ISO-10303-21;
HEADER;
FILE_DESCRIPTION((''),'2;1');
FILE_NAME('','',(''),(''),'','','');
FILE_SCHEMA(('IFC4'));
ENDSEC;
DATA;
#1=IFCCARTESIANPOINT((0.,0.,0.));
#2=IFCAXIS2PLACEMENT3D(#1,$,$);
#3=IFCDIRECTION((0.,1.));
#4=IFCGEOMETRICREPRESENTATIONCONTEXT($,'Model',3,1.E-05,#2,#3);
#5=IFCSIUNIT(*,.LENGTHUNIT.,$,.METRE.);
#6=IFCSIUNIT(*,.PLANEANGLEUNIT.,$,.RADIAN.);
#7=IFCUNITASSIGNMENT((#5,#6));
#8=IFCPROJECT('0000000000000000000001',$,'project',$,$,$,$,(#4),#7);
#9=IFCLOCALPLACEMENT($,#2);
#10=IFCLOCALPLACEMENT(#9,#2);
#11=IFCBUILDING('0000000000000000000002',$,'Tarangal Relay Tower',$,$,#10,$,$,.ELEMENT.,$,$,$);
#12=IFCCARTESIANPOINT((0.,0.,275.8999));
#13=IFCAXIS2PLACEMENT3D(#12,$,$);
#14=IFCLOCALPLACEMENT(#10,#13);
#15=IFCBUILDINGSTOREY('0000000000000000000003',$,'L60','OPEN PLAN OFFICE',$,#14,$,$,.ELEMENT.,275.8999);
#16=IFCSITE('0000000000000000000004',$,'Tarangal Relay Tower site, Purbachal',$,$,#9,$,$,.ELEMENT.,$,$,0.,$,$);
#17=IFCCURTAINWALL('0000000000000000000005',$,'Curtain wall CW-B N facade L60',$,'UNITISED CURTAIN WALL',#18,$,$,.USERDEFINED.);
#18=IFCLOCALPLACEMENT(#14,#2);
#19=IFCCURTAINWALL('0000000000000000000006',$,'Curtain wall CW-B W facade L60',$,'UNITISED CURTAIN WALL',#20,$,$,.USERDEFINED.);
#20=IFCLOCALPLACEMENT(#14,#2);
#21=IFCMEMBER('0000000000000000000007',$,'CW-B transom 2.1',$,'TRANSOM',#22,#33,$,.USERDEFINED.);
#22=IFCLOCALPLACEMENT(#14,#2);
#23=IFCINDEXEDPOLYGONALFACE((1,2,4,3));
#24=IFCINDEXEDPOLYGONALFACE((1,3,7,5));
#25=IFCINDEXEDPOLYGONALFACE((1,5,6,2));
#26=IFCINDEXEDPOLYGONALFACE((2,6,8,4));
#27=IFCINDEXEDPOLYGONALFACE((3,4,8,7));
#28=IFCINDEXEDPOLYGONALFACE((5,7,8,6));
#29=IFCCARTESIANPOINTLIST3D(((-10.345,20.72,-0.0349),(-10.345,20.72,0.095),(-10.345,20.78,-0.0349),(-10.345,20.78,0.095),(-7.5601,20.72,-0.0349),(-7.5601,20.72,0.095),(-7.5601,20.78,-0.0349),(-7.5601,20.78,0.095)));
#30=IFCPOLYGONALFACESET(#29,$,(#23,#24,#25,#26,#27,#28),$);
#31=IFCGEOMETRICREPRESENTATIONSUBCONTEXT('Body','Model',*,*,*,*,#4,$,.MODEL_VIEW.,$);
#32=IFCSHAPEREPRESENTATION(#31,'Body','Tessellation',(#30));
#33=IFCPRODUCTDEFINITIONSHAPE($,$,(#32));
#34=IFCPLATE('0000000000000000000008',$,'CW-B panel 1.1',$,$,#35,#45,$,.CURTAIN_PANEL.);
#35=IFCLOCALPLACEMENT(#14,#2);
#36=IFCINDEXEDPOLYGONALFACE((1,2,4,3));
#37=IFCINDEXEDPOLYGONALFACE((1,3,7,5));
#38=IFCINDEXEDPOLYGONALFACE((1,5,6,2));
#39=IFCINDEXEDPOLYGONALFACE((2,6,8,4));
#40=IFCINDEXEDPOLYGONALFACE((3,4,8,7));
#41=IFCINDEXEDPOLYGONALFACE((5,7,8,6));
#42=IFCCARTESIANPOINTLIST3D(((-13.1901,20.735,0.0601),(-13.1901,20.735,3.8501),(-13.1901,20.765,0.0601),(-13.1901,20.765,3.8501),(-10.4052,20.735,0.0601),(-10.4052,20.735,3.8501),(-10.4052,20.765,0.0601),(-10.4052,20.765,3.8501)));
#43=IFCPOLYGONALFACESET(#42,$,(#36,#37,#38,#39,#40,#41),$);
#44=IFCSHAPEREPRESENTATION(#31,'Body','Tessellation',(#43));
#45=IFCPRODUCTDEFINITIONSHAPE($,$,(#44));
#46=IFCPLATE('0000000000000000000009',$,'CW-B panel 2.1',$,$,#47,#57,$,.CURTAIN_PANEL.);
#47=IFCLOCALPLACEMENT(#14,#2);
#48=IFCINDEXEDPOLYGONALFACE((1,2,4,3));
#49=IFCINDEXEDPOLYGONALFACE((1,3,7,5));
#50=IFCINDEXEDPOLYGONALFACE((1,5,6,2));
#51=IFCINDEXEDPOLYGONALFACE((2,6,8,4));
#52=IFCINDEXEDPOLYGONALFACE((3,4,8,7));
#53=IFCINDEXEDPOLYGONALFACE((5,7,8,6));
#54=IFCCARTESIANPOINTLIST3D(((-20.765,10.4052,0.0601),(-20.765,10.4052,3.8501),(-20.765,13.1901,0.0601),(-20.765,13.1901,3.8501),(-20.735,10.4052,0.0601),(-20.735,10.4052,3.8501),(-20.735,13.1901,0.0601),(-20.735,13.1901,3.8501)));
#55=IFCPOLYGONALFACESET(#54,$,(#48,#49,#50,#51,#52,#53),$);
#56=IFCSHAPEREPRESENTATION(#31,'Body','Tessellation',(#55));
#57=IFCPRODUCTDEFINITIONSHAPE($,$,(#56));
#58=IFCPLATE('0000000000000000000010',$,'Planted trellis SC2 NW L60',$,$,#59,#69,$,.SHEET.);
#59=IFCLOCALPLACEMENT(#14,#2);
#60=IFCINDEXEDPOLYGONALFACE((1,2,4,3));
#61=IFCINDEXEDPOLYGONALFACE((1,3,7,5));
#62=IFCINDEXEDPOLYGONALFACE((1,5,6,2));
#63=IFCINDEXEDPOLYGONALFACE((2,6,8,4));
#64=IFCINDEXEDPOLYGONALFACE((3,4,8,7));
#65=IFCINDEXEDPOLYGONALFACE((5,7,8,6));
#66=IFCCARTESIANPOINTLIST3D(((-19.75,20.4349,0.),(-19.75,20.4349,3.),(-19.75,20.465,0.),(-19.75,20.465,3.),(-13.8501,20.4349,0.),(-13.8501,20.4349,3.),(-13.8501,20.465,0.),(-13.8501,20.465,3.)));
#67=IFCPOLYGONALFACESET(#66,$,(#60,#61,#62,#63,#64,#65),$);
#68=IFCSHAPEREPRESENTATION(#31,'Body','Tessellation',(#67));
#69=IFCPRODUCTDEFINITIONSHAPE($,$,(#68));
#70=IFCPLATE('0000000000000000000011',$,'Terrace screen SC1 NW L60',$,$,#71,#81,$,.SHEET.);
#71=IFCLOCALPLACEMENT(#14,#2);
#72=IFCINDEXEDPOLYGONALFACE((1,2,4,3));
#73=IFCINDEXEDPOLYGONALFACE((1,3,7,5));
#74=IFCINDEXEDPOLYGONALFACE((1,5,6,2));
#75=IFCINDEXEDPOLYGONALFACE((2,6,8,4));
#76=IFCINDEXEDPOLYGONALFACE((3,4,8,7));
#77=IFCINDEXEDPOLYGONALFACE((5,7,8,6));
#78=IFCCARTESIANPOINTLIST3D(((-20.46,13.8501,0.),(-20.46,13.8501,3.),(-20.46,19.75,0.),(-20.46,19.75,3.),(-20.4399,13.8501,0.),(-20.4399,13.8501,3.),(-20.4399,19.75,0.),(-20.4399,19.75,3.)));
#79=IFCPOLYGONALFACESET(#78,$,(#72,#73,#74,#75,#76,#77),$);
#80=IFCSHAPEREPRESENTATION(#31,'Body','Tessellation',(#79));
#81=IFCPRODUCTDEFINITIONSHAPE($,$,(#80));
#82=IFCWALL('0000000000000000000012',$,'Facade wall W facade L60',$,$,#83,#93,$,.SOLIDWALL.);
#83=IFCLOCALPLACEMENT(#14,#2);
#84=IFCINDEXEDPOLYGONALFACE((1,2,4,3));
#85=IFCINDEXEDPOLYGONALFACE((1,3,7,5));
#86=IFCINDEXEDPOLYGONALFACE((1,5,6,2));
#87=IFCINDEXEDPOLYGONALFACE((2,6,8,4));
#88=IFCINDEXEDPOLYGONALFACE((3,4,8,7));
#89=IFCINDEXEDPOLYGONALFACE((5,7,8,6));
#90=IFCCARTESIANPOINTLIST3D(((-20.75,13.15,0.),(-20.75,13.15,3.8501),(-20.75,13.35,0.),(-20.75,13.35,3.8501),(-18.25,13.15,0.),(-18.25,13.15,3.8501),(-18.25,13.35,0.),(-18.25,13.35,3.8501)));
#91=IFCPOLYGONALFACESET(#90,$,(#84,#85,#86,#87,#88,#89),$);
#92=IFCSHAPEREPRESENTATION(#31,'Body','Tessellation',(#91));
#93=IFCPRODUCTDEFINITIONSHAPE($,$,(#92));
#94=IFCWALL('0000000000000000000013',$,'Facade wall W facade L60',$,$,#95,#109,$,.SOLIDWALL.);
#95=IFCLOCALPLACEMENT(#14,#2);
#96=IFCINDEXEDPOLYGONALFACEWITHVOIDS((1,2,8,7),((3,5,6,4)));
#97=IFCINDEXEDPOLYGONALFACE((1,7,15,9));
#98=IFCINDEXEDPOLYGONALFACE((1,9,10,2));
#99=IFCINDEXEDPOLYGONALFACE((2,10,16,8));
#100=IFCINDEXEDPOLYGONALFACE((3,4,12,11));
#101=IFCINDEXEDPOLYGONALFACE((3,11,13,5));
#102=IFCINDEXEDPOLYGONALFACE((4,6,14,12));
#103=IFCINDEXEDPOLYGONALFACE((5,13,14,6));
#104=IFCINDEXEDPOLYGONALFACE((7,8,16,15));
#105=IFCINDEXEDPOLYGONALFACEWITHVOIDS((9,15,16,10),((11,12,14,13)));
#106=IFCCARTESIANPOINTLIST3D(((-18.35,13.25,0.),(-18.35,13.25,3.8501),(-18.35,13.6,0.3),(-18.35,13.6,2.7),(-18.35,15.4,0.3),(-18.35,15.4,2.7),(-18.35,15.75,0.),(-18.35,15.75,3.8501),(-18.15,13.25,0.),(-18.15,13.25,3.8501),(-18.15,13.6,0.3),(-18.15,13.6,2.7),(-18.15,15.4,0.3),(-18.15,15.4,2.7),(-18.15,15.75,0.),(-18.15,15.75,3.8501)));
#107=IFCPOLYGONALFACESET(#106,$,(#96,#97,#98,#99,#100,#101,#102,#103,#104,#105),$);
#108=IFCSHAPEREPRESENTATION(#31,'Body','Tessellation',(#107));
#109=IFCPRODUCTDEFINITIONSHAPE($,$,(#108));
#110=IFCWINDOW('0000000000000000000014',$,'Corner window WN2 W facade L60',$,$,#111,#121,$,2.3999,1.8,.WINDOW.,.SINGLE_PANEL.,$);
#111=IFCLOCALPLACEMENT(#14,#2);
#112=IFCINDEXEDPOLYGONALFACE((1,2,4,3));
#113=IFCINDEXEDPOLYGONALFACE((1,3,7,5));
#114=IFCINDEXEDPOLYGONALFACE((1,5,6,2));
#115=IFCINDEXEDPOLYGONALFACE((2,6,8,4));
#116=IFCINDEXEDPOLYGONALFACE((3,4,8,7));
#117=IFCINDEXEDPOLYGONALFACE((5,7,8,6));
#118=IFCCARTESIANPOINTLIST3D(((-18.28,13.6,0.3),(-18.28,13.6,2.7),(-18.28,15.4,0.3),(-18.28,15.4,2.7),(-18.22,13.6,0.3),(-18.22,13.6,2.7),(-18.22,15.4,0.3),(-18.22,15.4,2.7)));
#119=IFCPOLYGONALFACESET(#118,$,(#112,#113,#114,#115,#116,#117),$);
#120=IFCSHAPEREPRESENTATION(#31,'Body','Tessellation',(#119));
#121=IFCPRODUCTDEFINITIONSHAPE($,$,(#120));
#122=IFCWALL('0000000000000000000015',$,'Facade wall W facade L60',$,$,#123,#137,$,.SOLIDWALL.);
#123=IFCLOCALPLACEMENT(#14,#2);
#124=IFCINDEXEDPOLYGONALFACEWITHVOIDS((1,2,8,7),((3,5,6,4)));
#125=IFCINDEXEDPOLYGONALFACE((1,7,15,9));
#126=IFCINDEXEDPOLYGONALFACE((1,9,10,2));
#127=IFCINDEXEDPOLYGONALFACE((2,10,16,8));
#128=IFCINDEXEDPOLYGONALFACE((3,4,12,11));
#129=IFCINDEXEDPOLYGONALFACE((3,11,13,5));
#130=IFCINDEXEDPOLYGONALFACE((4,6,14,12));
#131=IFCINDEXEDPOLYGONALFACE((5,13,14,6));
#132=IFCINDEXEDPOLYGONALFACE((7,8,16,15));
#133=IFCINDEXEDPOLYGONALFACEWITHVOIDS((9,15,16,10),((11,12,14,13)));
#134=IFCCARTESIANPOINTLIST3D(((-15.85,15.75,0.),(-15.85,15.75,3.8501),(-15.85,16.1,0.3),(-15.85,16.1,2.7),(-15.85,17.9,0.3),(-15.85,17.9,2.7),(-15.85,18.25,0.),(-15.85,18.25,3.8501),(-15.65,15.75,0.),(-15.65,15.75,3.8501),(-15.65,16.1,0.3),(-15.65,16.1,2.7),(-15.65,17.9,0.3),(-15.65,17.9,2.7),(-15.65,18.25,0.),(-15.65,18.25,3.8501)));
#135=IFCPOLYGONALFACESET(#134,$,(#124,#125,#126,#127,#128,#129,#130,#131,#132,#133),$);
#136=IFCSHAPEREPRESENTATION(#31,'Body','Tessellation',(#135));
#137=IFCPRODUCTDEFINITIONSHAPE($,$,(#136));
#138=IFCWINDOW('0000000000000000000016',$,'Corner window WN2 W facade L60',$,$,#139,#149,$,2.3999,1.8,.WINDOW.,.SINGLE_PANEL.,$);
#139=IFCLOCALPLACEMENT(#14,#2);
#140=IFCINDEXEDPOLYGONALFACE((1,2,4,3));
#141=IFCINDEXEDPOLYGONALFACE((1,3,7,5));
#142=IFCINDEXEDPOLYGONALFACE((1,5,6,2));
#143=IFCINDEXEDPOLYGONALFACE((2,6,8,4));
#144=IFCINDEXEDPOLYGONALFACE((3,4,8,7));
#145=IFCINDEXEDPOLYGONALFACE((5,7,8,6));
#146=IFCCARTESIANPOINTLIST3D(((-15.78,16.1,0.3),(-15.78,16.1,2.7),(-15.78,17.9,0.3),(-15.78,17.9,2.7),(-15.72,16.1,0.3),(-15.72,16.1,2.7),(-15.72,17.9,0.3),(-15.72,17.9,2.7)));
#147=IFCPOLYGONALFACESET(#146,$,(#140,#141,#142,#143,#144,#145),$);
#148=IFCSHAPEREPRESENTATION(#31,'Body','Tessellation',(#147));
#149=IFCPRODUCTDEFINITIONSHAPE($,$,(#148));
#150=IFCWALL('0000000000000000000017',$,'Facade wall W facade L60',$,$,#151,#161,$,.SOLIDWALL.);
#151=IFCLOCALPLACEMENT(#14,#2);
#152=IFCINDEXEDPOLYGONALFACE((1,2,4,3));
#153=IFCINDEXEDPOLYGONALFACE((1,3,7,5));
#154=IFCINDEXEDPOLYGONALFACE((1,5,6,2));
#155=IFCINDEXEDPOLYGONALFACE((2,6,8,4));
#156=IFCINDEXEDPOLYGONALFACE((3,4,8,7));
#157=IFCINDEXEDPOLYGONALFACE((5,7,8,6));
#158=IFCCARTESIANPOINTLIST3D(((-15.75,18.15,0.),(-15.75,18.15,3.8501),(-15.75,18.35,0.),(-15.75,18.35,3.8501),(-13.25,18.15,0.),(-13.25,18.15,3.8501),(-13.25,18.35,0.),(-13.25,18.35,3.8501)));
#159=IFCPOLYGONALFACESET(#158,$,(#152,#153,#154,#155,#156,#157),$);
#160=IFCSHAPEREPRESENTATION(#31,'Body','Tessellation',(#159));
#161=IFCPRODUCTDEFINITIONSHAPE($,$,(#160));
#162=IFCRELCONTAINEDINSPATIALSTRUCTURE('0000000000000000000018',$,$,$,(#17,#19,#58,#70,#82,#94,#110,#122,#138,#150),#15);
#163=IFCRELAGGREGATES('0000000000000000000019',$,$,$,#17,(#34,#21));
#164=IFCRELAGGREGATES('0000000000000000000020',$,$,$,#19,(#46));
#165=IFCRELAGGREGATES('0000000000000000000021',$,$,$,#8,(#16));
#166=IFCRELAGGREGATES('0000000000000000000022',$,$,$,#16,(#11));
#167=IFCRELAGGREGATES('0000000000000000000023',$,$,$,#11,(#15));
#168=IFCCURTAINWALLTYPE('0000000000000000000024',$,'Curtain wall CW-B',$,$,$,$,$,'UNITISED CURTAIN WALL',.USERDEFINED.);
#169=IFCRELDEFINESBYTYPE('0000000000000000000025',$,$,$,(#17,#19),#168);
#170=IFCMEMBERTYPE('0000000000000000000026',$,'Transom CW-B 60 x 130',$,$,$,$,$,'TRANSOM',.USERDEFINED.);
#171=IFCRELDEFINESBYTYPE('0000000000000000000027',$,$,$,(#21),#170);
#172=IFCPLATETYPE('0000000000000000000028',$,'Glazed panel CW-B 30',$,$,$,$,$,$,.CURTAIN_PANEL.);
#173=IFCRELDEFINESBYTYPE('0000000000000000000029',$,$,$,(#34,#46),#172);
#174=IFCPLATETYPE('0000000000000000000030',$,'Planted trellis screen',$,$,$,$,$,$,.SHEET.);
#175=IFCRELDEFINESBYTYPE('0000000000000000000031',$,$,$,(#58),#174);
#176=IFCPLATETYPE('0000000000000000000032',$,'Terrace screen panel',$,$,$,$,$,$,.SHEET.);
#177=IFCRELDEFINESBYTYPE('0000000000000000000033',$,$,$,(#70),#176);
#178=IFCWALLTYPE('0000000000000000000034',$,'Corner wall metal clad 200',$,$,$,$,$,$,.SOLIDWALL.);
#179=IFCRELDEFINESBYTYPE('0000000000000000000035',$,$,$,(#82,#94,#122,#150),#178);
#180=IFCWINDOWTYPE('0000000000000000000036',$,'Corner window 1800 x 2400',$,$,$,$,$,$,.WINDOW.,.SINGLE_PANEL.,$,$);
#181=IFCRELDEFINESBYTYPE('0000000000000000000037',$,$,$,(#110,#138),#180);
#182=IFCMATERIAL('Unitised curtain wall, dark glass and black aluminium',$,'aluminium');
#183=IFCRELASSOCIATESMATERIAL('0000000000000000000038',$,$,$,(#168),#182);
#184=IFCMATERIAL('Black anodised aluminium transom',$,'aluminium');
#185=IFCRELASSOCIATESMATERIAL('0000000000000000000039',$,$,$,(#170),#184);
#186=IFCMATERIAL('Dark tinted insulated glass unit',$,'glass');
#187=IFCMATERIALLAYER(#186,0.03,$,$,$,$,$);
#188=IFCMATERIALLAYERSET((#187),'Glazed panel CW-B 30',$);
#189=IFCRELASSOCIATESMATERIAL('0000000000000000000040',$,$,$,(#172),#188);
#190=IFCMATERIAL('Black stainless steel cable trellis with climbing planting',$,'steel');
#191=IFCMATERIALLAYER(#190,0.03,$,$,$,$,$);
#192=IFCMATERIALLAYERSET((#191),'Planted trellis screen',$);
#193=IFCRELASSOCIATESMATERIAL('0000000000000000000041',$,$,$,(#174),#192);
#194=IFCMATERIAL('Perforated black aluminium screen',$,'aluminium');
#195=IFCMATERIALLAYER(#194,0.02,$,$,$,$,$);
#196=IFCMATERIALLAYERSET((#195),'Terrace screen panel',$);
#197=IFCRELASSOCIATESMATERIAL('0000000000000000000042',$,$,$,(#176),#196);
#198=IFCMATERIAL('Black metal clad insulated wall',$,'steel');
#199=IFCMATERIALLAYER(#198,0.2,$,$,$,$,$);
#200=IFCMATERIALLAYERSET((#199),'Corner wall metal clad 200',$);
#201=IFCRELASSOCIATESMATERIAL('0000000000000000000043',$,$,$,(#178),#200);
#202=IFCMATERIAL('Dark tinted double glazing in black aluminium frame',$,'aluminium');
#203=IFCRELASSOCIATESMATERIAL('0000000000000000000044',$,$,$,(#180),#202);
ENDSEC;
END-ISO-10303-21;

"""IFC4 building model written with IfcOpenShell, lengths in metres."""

from ifc_helpers import new_model, si_unit, direction, frame, frame_2d, origin, origin_2d, place, context, subcontext, project, spatial, rectangle, extrude, material, layer, layer_set, material_profile, profile_set, type_object, element, fill, aggregate, save


model = new_model("IFC4")

# Units and contexts
model_context = context("Model", 3, precision=1e-05, world=origin(), true_north=direction((0.0, 1.0)))
body_context = subcontext(model_context, "Body", "Model", "MODEL_VIEW")
ifc_project = project(units=[si_unit("LENGTHUNIT", "METRE"), si_unit("PLANEANGLEUNIT", "RADIAN")], contexts=[model_context])

# Site, building, storey
site_placement = place(None, origin())
site = spatial("IfcSite", under=ifc_project, at=site_placement, Name="Tarangal Relay Tower site, Purbachal", CompositionType="ELEMENT", RefElevation=0.0)
building_placement = place(site_placement, origin())
building = spatial("IfcBuilding", under=site, at=building_placement, Name="Tarangal Relay Tower", CompositionType="ELEMENT")
storey_placement = place(building_placement, frame((0.0, 0.0, 275.8999)))
storey = spatial("IfcBuildingStorey", under=building, at=storey_placement, Name="L60", Description="OPEN PLAN OFFICE", CompositionType="ELEMENT", Elevation=275.8999)

# Curtain wall
ifc_material_1 = material(Name="Unitised curtain wall, dark glass and black aluminium", Category="aluminium")
curtain_wall_type = type_object("IfcCurtainWallType", Name="Curtain wall CW-B", ElementType="UNITISED CURTAIN WALL", PredefinedType="USERDEFINED", material=ifc_material_1)
curtain_wall_1_placement = place(storey_placement, origin())
curtain_wall_1 = element("IfcCurtainWall", 1, at=curtain_wall_1_placement, inside=storey, type_object=curtain_wall_type, Name="Curtain wall CW-B N facade L60", ObjectType="UNITISED CURTAIN WALL", PredefinedType="USERDEFINED")

# Curtain wall
curtain_wall_2_placement = place(storey_placement, origin())
curtain_wall_2 = element("IfcCurtainWall", 2, at=curtain_wall_2_placement, inside=storey, type_object=curtain_wall_type, Name="Curtain wall CW-B W facade L60", ObjectType="UNITISED CURTAIN WALL", PredefinedType="USERDEFINED")

# Member
ifc_material_2 = material(Name="Black anodised aluminium transom", Category="aluminium")
ifc_material_profile_1 = material_profile(ifc_material_2, rectangle(XDim=0.0601, YDim=0.1299, at=origin_2d()), Name="CW-BT 60X130")
ifc_profile_set_1 = profile_set([ifc_material_profile_1], Name="Black anodised aluminium transom")
member_type_1 = type_object("IfcMemberType", Name="Transom CW-B 60 x 130", ElementType="TRANSOM", PredefinedType="USERDEFINED", material=ifc_profile_set_1)
member_1_placement = place(storey_placement, frame((-10.345, 20.75, 0.03), z_axis=(1.0, 0.0, 0.0), x_axis=(0.0, 1.0, 0.0)))
member_1 = element("IfcMember", 3, at=member_1_placement, type_object=member_type_1, Name="CW-B transom 2.1", ObjectType="TRANSOM", PredefinedType="USERDEFINED", context=body_context, shape_type="SweptSolid", body=[
    extrude(rectangle(XDim=0.0601, YDim=0.1299, at=origin_2d()), origin(), (0.0, 0.0, 1.0), 2.7849),
])

# Plates
ifc_material_3 = material(Name="Dark tinted insulated glass unit", Category="glass")
ifc_layer_1 = layer(ifc_material_3, 0.03)
ifc_layer_set_1 = layer_set([ifc_layer_1], Name="Glazed panel CW-B 30")
plate_type_1 = type_object("IfcPlateType", Name="Glazed panel CW-B 30", PredefinedType="CURTAIN_PANEL", material=ifc_layer_set_1)
plate_1_placement = place(storey_placement, frame((-11.7976, 20.75, 0.0601), z_axis=(0.0, 0.0, 1.0), x_axis=(1.0, 0.0, 0.0)))
plate_1 = element("IfcPlate", 4, at=plate_1_placement, type_object=plate_type_1, Name="CW-B panel 1.1", PredefinedType="CURTAIN_PANEL", context=body_context, shape_type="SweptSolid", body=[
    extrude(rectangle(XDim=2.7849, YDim=0.03, at=origin_2d()), origin(), (0.0, 0.0, 1.0), 3.79),
])
aggregate(curtain_wall_1, [plate_1, member_1])
plate_2_placement = place(storey_placement, frame((-20.75, 11.7976, 0.0601), z_axis=(0.0, 0.0, 1.0), x_axis=(0.0, 1.0, 0.0)))
plate_2 = element("IfcPlate", 5, at=plate_2_placement, type_object=plate_type_1, Name="CW-B panel 2.1", PredefinedType="CURTAIN_PANEL", context=body_context, shape_type="SweptSolid", body=[
    extrude(rectangle(XDim=2.7849, YDim=0.03, at=origin_2d()), origin(), (0.0, 0.0, 1.0), 3.79),
])
aggregate(curtain_wall_2, [plate_2])

# Plates
ifc_material_4 = material(Name="Black stainless steel cable trellis with climbing planting", Category="steel")
ifc_layer_2 = layer(ifc_material_4, 0.03)
ifc_layer_set_2 = layer_set([ifc_layer_2], Name="Planted trellis screen")
plate_type_2 = type_object("IfcPlateType", Name="Planted trellis screen", PredefinedType="SHEET", material=ifc_layer_set_2)
plate_3_placement = place(storey_placement, frame((-16.8, 20.45, 0.0), z_axis=(0.0, 0.0, 1.0), x_axis=(1.0, 0.0, 0.0)))
element("IfcPlate", 6, at=plate_3_placement, inside=storey, type_object=plate_type_2, Name="Planted trellis SC2 NW L60", PredefinedType="SHEET", context=body_context, shape_type="SweptSolid", body=[
    extrude(rectangle(XDim=5.8999, YDim=0.03, at=origin_2d()), origin(), (0.0, 0.0, 1.0), 3.0),
])
ifc_material_5 = material(Name="Perforated black aluminium screen", Category="aluminium")
ifc_layer_3 = layer(ifc_material_5, 0.02)
ifc_layer_set_3 = layer_set([ifc_layer_3], Name="Terrace screen panel")
plate_type_3 = type_object("IfcPlateType", Name="Terrace screen panel", PredefinedType="SHEET", material=ifc_layer_set_3)
plate_4_placement = place(storey_placement, frame((-20.45, 16.8, 0.0), z_axis=(0.0, 0.0, 1.0), x_axis=(0.0, 1.0, 0.0)))
element("IfcPlate", 7, at=plate_4_placement, inside=storey, type_object=plate_type_3, Name="Terrace screen SC1 NW L60", PredefinedType="SHEET", context=body_context, shape_type="SweptSolid", body=[
    extrude(rectangle(XDim=5.8999, YDim=0.02, at=origin_2d()), origin(), (0.0, 0.0, 1.0), 3.0),
])

# Wall
ifc_material_6 = material(Name="Black metal clad insulated wall", Category="steel")
ifc_layer_4 = layer(ifc_material_6, 0.2)
ifc_layer_set_4 = layer_set([ifc_layer_4], Name="Corner wall metal clad 200")
wall_type_1 = type_object("IfcWallType", Name="Corner wall metal clad 200", PredefinedType="SOLIDWALL", material=ifc_layer_set_4)
wall_1_placement = place(storey_placement, frame((-20.75, 13.25, 0.0), z_axis=(0.0, 0.0, 1.0), x_axis=(1.0, 0.0, 0.0)))
element("IfcWall", 8, at=wall_1_placement, inside=storey, type_object=wall_type_1, Name="Facade wall W facade L60", PredefinedType="SOLIDWALL", context=body_context, shape_type="SweptSolid", body=[
    extrude(rectangle(XDim=2.5, YDim=0.2, at=frame_2d((1.25, 0.0))), origin(), (0.0, 0.0, 1.0), 3.8501),
])

# Wall, opening, window
wall_2_placement = place(storey_placement, frame((-18.25, 13.25, 0.0), z_axis=(0.0, 0.0, 1.0), x_axis=(0.0, 1.0, 0.0)))
wall_2 = element("IfcWall", 9, at=wall_2_placement, inside=storey, type_object=wall_type_1, Name="Facade wall W facade L60", PredefinedType="SOLIDWALL", context=body_context, shape_type="SweptSolid", body=[
    extrude(rectangle(XDim=2.5, YDim=0.2, at=frame_2d((1.25, 0.0))), origin(), (0.0, 0.0, 1.0), 3.8501),
])
opening_1_placement = place(wall_2_placement, frame((0.3501, 0.0, 0.3)))
opening_1 = element("IfcOpeningElement", 10, at=opening_1_placement, cuts=wall_2, PredefinedType="OPENING", context=body_context, shape_type="SweptSolid", body=[
    extrude(rectangle(XDim=1.8, YDim=2.3999, at=frame_2d((0.8999, 1.2))), frame((0.0, 0.1099, 0.0), z_axis=(0.0, -1.0, 0.0), x_axis=(1.0, 0.0, 0.0)), (0.0, 0.0, 1.0), 0.22),
])
ifc_material_7 = material(Name="Dark tinted double glazing in black aluminium frame", Category="aluminium")
window_type = type_object("IfcWindowType", Name="Corner window 1800 x 2400", PartitioningType="SINGLE_PANEL", PredefinedType="WINDOW", material=ifc_material_7)
window_1_placement = place(opening_1_placement, origin())
window_1 = element("IfcWindow", 11, at=window_1_placement, inside=storey, type_object=window_type, Name="Corner window WN2 W facade L60", OverallHeight=2.3999, OverallWidth=1.8, PartitioningType="SINGLE_PANEL", PredefinedType="WINDOW", context=body_context, shape_type="SweptSolid", body=[
    extrude(rectangle(XDim=1.8, YDim=2.3999, at=frame_2d((0.8999, 1.2))), frame((0.0, 0.03, 0.0), z_axis=(0.0, -1.0, 0.0), x_axis=(1.0, 0.0, 0.0)), (0.0, 0.0, 1.0), 0.0601),
])
fill(opening_1, window_1)

# Wall, opening, window
wall_3_placement = place(storey_placement, frame((-15.75, 15.75, 0.0), z_axis=(0.0, 0.0, 1.0), x_axis=(0.0, 1.0, 0.0)))
wall_3 = element("IfcWall", 12, at=wall_3_placement, inside=storey, type_object=wall_type_1, Name="Facade wall W facade L60", PredefinedType="SOLIDWALL", context=body_context, shape_type="SweptSolid", body=[
    extrude(rectangle(XDim=2.5, YDim=0.2, at=frame_2d((1.25, 0.0))), origin(), (0.0, 0.0, 1.0), 3.8501),
])
opening_2_placement = place(wall_3_placement, frame((0.3501, 0.0, 0.3)))
opening_2 = element("IfcOpeningElement", 13, at=opening_2_placement, cuts=wall_3, PredefinedType="OPENING", context=body_context, shape_type="SweptSolid", body=[
    extrude(rectangle(XDim=1.8, YDim=2.3999, at=frame_2d((0.8999, 1.2))), frame((0.0, 0.1099, 0.0), z_axis=(0.0, -1.0, 0.0), x_axis=(1.0, 0.0, 0.0)), (0.0, 0.0, 1.0), 0.22),
])
window_2_placement = place(opening_2_placement, origin())
window_2 = element("IfcWindow", 14, at=window_2_placement, inside=storey, type_object=window_type, Name="Corner window WN2 W facade L60", OverallHeight=2.3999, OverallWidth=1.8, PartitioningType="SINGLE_PANEL", PredefinedType="WINDOW", context=body_context, shape_type="SweptSolid", body=[
    extrude(rectangle(XDim=1.8, YDim=2.3999, at=frame_2d((0.8999, 1.2))), frame((0.0, 0.03, 0.0), z_axis=(0.0, -1.0, 0.0), x_axis=(1.0, 0.0, 0.0)), (0.0, 0.0, 1.0), 0.0601),
])
fill(opening_2, window_2)

# Wall
wall_4_placement = place(storey_placement, frame((-15.75, 18.25, 0.0), z_axis=(0.0, 0.0, 1.0), x_axis=(1.0, 0.0, 0.0)))
element("IfcWall", 15, at=wall_4_placement, inside=storey, type_object=wall_type_1, Name="Facade wall W facade L60", PredefinedType="SOLIDWALL", context=body_context, shape_type="SweptSolid", body=[
    extrude(rectangle(XDim=2.5, YDim=0.2, at=frame_2d((1.25, 0.0))), origin(), (0.0, 0.0, 1.0), 3.8501),
])

save(model, "model.ifc")
